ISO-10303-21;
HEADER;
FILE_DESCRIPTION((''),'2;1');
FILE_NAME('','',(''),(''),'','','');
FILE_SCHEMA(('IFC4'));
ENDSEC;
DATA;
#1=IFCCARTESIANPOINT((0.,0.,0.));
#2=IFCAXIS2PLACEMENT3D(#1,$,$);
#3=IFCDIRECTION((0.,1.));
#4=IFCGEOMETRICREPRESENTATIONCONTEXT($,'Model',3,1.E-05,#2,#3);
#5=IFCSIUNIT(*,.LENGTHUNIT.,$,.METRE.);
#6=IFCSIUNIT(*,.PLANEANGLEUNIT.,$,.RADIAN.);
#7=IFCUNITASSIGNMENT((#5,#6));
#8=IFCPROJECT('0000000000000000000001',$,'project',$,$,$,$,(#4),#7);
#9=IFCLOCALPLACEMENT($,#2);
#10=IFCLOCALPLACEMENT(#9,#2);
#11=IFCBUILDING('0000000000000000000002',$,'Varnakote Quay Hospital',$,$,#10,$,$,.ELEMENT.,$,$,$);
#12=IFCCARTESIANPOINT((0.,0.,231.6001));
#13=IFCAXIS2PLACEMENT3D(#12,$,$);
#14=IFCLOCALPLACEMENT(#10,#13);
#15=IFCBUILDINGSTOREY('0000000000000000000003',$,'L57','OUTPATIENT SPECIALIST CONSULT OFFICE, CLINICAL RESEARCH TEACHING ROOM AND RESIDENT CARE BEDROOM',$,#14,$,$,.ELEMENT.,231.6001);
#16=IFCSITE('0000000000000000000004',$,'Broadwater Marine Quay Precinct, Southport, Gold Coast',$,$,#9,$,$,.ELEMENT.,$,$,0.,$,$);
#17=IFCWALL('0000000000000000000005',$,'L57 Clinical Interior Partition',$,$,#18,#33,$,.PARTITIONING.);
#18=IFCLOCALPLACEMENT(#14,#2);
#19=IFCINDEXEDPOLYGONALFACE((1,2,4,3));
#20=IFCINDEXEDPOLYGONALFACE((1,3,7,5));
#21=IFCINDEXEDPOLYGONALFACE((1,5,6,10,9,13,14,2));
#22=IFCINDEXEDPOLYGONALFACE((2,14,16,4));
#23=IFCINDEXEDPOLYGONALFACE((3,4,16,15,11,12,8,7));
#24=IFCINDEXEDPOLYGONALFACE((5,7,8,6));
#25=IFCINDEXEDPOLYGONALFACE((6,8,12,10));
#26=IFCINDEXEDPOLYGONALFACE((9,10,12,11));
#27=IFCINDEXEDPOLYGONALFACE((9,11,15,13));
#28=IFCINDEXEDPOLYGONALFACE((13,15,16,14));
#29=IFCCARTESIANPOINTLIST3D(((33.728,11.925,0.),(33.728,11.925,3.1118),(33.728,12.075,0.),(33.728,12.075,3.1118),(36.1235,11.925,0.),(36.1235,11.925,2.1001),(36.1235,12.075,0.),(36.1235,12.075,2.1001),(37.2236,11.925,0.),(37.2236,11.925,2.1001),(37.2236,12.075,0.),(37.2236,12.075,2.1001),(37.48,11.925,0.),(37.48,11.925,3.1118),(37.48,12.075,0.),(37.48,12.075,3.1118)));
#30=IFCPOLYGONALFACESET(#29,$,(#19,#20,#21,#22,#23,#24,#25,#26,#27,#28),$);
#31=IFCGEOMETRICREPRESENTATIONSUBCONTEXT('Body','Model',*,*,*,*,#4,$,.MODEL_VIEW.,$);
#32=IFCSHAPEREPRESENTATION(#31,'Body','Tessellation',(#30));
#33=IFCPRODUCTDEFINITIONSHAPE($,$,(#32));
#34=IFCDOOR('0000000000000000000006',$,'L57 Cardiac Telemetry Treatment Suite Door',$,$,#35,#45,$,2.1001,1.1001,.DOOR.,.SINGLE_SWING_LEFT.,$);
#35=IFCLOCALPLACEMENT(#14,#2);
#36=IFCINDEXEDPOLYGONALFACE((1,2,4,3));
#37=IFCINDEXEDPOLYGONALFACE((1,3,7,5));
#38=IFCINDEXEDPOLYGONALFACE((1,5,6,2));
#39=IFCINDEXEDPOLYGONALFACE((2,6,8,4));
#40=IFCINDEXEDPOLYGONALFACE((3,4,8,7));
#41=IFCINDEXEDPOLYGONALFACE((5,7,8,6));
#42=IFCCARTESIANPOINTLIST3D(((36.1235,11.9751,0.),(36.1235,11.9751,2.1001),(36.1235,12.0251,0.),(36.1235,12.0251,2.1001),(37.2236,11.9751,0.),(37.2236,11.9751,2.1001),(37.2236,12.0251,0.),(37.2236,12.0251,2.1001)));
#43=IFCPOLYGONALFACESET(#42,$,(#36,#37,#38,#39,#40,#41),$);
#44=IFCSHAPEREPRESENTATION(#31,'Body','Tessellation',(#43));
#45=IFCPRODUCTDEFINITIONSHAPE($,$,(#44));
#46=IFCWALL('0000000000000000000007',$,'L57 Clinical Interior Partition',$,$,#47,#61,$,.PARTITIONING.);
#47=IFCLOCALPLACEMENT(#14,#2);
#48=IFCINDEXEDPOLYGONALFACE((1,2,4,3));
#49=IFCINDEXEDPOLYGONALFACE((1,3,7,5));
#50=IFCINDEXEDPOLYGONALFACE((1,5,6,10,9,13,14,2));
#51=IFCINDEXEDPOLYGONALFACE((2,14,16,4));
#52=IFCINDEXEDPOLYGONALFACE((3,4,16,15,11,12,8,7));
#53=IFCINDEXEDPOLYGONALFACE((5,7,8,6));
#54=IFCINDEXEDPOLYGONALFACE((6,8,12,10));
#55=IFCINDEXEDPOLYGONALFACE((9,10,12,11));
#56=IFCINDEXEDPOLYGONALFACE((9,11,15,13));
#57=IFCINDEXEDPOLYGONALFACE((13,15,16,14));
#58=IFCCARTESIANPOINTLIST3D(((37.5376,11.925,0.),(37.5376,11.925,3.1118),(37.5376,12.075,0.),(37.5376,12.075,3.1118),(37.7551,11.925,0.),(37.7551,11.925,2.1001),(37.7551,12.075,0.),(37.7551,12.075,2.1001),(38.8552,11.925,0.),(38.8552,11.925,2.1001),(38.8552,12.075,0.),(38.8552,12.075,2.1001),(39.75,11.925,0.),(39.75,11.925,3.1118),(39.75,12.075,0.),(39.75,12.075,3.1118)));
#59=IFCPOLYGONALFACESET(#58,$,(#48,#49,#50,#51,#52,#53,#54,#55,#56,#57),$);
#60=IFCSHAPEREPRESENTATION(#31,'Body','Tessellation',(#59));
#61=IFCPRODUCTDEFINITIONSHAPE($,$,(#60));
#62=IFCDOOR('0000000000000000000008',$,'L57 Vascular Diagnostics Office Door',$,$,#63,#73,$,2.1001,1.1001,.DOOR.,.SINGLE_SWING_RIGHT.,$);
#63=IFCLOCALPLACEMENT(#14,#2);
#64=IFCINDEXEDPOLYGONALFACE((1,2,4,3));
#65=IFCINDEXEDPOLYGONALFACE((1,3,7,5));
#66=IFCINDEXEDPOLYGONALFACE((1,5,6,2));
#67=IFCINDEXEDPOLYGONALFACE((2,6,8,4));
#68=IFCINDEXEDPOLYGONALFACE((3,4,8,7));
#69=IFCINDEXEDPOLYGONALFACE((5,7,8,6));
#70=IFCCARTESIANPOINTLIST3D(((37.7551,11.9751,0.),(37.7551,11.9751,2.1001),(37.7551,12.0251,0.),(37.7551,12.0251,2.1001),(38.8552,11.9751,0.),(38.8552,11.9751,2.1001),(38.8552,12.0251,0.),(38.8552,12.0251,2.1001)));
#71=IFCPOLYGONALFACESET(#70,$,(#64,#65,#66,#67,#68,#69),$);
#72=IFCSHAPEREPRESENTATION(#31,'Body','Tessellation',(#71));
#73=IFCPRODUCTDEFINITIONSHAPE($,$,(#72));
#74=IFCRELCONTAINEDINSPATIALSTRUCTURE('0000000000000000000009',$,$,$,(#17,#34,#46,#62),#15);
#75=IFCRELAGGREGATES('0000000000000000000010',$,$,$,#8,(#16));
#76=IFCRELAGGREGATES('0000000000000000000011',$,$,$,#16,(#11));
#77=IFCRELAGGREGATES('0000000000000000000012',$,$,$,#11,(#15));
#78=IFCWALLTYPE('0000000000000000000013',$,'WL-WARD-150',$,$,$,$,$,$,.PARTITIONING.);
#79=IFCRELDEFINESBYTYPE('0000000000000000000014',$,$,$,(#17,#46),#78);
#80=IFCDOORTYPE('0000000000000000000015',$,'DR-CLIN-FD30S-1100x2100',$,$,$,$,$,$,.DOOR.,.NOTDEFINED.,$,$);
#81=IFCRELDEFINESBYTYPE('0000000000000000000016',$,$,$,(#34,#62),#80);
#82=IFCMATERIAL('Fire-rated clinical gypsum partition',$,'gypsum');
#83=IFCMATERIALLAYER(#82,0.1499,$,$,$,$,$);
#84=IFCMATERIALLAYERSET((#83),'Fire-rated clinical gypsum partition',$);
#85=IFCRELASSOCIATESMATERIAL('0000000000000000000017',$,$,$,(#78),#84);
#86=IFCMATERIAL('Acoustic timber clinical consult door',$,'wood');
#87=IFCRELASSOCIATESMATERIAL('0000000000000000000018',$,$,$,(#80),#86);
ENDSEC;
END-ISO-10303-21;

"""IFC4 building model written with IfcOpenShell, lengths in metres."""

from ifc_helpers import new_model, si_unit, direction, frame, frame_2d, origin, place, context, subcontext, project, spatial, rectangle, extrude, material, layer, layer_set, type_object, element, fill, save


model = new_model("IFC4")

# Units and contexts
model_context = context("Model", 3, precision=1e-05, world=origin(), true_north=direction((0.0, 1.0)))
body_context = subcontext(model_context, "Body", "Model", "MODEL_VIEW")
ifc_project = project(units=[si_unit("LENGTHUNIT", "METRE"), si_unit("PLANEANGLEUNIT", "RADIAN")], contexts=[model_context])

# Site, building, storey
site_placement = place(None, origin())
site = spatial("IfcSite", under=ifc_project, at=site_placement, Name="Broadwater Marine Quay Precinct, Southport, Gold Coast", CompositionType="ELEMENT", RefElevation=0.0)
building_placement = place(site_placement, origin())
building = spatial("IfcBuilding", under=site, at=building_placement, Name="Varnakote Quay Hospital", CompositionType="ELEMENT")
storey_placement = place(building_placement, frame((0.0, 0.0, 231.6001)))
storey = spatial("IfcBuildingStorey", under=building, at=storey_placement, Name="L57", Description="OUTPATIENT SPECIALIST CONSULT OFFICE, CLINICAL RESEARCH TEACHING ROOM AND RESIDENT CARE BEDROOM", CompositionType="ELEMENT", Elevation=231.6001)

# Walls, openings, doors
ifc_material_1 = material(Name="Fire-rated clinical gypsum partition", Category="gypsum")
ifc_layer_1 = layer(ifc_material_1, 0.1499)
ifc_layer_set_1 = layer_set([ifc_layer_1], Name="Fire-rated clinical gypsum partition")
wall_type_1 = type_object("IfcWallType", Name="WL-WARD-150", PredefinedType="PARTITIONING", material=ifc_layer_set_1)
wall_1_placement = place(storey_placement, frame((37.48, 12.0, 0.0), z_axis=(0.0, 0.0, 1.0), x_axis=(-1.0, 0.0, 0.0)))
wall_1 = element("IfcWall", 1, at=wall_1_placement, inside=storey, type_object=wall_type_1, Name="L57 Clinical Interior Partition", PredefinedType="PARTITIONING", context=body_context, shape_type="SweptSolid", body=[
    extrude(rectangle(XDim=3.752, YDim=0.1499, at=frame_2d((1.876, 0.0))), origin(), (0.0, 0.0, 1.0), 3.1118),
])
opening_1_placement = place(wall_1_placement, frame((0.2563, 0.0, 0.0)))
opening_1 = element("IfcOpeningElement", 2, at=opening_1_placement, cuts=wall_1, PredefinedType="OPENING", context=body_context, shape_type="SweptSolid", body=[
    extrude(rectangle(XDim=1.1001, YDim=2.1001, at=frame_2d((0.55, 1.05))), frame((0.0, 0.085, 0.0), z_axis=(0.0, -1.0, 0.0), x_axis=(1.0, 0.0, 0.0)), (0.0, 0.0, 1.0), 0.1699),
])
ifc_material_2 = material(Name="Acoustic timber clinical consult door", Category="wood")
door_type_1 = type_object("IfcDoorType", Name="DR-CLIN-FD30S-1100x2100", OperationType="NOTDEFINED", PredefinedType="DOOR", material=ifc_material_2)
door_1_placement = place(opening_1_placement, origin())
door_1 = element("IfcDoor", 3, at=door_1_placement, inside=storey, type_object=door_type_1, Name="L57 Cardiac Telemetry Treatment Suite Door", OperationType="SINGLE_SWING_LEFT", OverallHeight=2.1001, OverallWidth=1.1001, PredefinedType="DOOR", context=body_context, shape_type="SweptSolid", body=[
    extrude(rectangle(XDim=1.1001, YDim=2.1001, at=frame_2d((0.55, 1.05))), frame((0.0, 0.0249, 0.0), z_axis=(0.0, -1.0, 0.0), x_axis=(1.0, 0.0, 0.0)), (0.0, 0.0, 1.0), 0.05),
])
fill(opening_1, door_1)
wall_2_placement = place(storey_placement, frame((39.75, 12.0, 0.0), z_axis=(0.0, 0.0, 1.0), x_axis=(-1.0, 0.0, 0.0)))
wall_2 = element("IfcWall", 4, at=wall_2_placement, inside=storey, type_object=wall_type_1, Name="L57 Clinical Interior Partition", PredefinedType="PARTITIONING", context=body_context, shape_type="SweptSolid", body=[
    extrude(rectangle(XDim=2.2124, YDim=0.1499, at=frame_2d((1.1062, 0.0))), origin(), (0.0, 0.0, 1.0), 3.1118),
])
opening_2_placement = place(wall_2_placement, frame((0.8948, 0.0, 0.0)))
opening_2 = element("IfcOpeningElement", 5, at=opening_2_placement, cuts=wall_2, PredefinedType="OPENING", context=body_context, shape_type="SweptSolid", body=[
    extrude(rectangle(XDim=1.1001, YDim=2.1001, at=frame_2d((0.55, 1.05))), frame((0.0, 0.085, 0.0), z_axis=(0.0, -1.0, 0.0), x_axis=(1.0, 0.0, 0.0)), (0.0, 0.0, 1.0), 0.1699),
])
door_2_placement = place(opening_2_placement, origin())
door_2 = element("IfcDoor", 6, at=door_2_placement, inside=storey, type_object=door_type_1, Name="L57 Vascular Diagnostics Office Door", OperationType="SINGLE_SWING_RIGHT", OverallHeight=2.1001, OverallWidth=1.1001, PredefinedType="DOOR", context=body_context, shape_type="SweptSolid", body=[
    extrude(rectangle(XDim=1.1001, YDim=2.1001, at=frame_2d((0.55, 1.05))), frame((0.0, 0.0249, 0.0), z_axis=(0.0, -1.0, 0.0), x_axis=(1.0, 0.0, 0.0)), (0.0, 0.0, 1.0), 0.05),
])
fill(opening_2, door_2)

save(model, "model.ifc")
